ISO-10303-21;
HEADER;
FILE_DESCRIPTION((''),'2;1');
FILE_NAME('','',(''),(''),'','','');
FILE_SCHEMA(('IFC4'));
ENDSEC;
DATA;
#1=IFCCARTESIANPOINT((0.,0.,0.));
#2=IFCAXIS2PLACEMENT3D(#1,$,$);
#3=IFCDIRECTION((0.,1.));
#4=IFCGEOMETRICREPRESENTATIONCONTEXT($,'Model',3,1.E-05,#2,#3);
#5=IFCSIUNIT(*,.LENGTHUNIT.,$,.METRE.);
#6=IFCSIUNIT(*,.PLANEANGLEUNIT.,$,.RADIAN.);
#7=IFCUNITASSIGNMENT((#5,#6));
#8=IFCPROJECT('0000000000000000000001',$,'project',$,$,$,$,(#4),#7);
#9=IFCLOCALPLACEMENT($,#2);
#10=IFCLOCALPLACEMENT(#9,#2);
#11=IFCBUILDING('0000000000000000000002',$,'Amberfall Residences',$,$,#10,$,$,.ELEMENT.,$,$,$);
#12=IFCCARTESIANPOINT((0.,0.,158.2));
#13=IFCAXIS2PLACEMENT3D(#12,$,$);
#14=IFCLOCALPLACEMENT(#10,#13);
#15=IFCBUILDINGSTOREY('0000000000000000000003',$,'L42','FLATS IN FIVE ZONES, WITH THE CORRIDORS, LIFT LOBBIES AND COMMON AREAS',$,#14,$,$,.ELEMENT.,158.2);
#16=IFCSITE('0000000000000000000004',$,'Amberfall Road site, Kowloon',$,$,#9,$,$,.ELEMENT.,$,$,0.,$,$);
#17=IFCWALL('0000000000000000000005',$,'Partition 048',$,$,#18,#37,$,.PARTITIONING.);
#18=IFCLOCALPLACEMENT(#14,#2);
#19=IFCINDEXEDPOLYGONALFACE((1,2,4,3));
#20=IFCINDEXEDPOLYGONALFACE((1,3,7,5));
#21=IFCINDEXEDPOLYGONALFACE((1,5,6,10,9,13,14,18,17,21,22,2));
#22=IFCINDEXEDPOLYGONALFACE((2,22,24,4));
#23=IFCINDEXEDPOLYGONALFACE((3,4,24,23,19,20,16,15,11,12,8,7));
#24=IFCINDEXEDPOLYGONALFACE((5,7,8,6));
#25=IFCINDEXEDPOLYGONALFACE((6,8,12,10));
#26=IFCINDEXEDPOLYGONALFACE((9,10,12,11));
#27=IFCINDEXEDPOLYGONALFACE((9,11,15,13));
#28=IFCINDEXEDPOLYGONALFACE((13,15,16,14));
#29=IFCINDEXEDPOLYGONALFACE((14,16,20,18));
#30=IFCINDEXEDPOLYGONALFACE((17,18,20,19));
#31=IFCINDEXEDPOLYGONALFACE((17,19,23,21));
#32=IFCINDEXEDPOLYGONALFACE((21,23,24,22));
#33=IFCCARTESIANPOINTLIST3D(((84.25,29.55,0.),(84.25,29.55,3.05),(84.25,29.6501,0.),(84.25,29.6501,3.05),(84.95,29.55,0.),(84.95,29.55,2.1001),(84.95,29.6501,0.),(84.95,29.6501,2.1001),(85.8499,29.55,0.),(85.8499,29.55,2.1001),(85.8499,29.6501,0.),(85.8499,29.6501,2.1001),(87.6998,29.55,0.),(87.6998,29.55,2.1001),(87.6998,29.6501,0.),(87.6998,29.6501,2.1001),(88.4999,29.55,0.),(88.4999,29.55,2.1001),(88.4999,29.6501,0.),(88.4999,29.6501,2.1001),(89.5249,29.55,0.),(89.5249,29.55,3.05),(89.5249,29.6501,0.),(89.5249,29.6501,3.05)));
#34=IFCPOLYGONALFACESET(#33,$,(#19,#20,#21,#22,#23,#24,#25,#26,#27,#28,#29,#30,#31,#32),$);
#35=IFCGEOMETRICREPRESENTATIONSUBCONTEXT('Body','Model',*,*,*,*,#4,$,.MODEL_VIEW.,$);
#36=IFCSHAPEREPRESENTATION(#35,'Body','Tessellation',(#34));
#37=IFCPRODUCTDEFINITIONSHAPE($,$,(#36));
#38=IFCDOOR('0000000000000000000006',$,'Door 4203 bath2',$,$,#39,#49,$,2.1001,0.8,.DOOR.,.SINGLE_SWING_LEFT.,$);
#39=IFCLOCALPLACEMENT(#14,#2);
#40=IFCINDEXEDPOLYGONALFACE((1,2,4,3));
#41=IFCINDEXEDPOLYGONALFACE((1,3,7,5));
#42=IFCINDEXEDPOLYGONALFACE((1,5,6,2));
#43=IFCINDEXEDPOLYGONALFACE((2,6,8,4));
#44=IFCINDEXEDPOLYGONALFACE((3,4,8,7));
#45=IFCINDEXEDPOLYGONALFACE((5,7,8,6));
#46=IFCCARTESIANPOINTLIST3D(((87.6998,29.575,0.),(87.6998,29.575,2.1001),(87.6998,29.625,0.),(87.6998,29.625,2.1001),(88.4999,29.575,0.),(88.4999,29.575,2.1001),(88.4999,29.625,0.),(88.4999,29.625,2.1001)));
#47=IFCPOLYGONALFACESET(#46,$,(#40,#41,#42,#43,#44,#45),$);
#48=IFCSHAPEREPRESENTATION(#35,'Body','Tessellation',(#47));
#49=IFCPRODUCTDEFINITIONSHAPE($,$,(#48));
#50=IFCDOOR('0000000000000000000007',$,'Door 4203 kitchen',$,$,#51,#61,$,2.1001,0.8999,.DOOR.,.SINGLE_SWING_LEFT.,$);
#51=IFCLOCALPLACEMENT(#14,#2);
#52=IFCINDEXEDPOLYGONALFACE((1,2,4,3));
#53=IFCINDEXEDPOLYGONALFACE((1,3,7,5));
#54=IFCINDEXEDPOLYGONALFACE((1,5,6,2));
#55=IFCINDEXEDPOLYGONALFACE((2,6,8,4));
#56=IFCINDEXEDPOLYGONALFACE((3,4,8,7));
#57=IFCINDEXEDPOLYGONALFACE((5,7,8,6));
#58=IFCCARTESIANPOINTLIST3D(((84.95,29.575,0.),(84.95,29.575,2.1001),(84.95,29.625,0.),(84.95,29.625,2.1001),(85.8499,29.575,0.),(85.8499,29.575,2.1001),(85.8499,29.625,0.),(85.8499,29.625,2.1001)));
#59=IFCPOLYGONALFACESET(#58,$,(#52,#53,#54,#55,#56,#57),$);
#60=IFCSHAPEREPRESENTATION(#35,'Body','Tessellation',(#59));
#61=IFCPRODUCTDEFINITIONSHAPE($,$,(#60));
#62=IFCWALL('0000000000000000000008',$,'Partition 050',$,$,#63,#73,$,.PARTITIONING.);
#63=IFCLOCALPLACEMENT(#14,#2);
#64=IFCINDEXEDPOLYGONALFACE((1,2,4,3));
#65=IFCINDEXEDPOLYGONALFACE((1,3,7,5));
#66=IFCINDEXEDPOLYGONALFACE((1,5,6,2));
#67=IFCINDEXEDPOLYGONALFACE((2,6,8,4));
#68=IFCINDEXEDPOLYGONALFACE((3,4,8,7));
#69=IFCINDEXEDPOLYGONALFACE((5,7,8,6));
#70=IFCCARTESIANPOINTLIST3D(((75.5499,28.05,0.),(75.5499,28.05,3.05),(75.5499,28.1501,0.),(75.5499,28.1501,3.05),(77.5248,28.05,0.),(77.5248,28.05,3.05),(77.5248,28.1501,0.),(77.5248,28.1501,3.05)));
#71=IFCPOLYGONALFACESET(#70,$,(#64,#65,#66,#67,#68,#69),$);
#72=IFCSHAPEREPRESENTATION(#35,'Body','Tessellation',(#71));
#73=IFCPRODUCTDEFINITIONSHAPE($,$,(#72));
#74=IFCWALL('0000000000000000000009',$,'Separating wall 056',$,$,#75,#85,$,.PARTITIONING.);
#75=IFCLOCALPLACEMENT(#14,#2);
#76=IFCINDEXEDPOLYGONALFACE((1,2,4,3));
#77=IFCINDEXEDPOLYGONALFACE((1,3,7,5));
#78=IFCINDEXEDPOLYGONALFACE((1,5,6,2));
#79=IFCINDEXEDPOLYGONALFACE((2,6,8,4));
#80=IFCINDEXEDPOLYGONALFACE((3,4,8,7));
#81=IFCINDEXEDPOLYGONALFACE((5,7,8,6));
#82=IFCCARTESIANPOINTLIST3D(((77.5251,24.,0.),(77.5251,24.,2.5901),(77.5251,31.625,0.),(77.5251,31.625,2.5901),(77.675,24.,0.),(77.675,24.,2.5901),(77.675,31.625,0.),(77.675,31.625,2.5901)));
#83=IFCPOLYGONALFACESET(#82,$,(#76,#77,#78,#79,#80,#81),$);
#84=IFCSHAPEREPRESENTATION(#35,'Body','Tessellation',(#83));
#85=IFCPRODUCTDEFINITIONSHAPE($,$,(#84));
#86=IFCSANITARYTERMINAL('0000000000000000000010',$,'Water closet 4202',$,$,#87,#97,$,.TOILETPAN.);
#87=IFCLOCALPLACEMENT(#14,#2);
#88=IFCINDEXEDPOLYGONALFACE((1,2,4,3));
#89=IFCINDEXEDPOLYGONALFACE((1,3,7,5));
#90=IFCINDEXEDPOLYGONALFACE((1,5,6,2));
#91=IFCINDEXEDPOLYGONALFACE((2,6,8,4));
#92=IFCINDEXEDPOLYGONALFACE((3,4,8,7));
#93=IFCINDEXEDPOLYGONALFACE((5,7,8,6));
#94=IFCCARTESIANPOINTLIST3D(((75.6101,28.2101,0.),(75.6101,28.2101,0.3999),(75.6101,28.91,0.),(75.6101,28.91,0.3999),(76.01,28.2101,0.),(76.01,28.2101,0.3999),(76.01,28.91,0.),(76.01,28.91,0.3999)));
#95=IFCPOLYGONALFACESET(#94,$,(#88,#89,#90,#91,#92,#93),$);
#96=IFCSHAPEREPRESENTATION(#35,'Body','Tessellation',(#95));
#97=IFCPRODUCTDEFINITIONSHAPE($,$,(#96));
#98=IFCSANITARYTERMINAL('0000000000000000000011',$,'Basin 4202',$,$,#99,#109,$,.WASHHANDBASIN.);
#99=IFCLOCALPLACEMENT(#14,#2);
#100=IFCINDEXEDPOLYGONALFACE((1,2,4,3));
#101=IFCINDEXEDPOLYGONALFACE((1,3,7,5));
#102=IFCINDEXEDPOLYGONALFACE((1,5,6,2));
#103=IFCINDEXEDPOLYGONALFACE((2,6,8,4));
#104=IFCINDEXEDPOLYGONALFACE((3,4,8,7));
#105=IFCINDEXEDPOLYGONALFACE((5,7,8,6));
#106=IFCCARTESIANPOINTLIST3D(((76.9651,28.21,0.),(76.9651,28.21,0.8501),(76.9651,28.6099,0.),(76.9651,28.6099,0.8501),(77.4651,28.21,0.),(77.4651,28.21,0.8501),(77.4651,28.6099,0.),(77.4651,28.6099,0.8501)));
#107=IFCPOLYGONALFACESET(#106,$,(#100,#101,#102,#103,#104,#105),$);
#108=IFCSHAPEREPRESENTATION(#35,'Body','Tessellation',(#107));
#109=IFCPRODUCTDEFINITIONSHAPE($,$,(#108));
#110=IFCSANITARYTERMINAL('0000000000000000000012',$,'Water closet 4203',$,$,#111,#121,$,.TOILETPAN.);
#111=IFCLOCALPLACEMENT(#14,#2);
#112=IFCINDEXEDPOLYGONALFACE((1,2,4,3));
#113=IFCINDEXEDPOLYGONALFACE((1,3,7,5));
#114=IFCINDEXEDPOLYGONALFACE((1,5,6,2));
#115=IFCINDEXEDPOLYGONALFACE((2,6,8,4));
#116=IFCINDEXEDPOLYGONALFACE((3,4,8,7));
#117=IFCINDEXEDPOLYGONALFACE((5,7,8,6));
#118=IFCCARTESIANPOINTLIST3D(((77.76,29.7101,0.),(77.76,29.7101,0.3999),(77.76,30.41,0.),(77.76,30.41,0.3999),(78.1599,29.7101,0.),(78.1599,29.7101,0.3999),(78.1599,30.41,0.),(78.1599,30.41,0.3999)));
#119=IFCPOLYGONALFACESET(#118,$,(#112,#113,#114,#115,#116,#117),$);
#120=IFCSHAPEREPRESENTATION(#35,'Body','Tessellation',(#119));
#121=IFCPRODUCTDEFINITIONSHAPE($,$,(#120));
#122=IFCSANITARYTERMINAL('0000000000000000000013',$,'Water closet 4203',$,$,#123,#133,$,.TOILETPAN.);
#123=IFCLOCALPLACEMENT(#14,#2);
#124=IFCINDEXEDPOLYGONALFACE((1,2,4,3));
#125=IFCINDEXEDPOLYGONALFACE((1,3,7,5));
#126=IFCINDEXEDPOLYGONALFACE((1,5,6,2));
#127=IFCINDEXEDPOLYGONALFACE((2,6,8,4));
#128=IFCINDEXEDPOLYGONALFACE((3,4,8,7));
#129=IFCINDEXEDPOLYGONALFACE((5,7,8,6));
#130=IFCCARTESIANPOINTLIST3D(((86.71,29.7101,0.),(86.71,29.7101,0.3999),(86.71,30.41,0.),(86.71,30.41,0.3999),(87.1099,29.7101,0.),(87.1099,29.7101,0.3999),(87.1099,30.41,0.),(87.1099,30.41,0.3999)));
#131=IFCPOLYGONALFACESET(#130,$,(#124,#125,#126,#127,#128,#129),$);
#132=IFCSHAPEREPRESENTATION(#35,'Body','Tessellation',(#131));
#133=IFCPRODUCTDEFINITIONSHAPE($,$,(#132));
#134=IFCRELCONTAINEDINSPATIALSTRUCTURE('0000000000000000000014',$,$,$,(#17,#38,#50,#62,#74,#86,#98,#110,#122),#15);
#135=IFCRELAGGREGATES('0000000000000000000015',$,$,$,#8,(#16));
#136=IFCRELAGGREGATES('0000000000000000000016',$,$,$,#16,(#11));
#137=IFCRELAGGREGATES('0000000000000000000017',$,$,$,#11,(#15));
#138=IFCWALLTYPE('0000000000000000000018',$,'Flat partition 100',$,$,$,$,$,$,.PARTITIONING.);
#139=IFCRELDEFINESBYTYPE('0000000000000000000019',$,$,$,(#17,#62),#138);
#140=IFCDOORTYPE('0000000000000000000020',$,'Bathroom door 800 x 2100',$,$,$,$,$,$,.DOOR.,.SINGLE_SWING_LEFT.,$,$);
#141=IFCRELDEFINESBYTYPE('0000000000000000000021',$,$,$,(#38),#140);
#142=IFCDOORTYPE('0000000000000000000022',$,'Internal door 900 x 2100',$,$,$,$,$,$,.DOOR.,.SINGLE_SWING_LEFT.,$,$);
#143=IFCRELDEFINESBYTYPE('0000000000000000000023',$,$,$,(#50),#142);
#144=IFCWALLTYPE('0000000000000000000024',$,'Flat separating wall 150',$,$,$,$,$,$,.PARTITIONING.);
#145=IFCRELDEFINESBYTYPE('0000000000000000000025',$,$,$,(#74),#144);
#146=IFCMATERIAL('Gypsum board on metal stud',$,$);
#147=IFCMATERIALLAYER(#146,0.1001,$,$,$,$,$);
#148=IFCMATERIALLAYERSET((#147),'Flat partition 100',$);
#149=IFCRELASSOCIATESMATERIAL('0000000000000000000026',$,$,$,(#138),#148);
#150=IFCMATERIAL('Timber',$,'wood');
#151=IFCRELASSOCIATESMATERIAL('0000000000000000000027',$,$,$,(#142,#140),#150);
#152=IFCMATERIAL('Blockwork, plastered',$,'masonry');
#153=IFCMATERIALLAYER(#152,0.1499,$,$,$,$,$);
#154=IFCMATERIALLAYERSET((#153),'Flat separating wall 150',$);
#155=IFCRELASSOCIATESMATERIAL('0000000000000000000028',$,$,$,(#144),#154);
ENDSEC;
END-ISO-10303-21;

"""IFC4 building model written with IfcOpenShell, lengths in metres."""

from ifc_helpers import new_model, si_unit, direction, frame, frame_2d, origin, origin_2d, place, context, subcontext, project, spatial, rectangle, extrude, material, layer, layer_set, type_object, element, fill, save


model = new_model("IFC4")

# Units and contexts
model_context = context("Model", 3, precision=1e-05, world=origin(), true_north=direction((0.0, 1.0)))
body_context = subcontext(model_context, "Body", "Model", "MODEL_VIEW")
ifc_project = project(units=[si_unit("LENGTHUNIT", "METRE"), si_unit("PLANEANGLEUNIT", "RADIAN")], contexts=[model_context])

# Site, building, storey
site_placement = place(None, origin())
site = spatial("IfcSite", under=ifc_project, at=site_placement, Name="Amberfall Road site, Kowloon", CompositionType="ELEMENT", RefElevation=0.0)
building_placement = place(site_placement, origin())
building = spatial("IfcBuilding", under=site, at=building_placement, Name="Amberfall Residences", CompositionType="ELEMENT")
storey_placement = place(building_placement, frame((0.0, 0.0, 158.2)))
storey = spatial("IfcBuildingStorey", under=building, at=storey_placement, Name="L42", Description="FLATS IN FIVE ZONES, WITH THE CORRIDORS, LIFT LOBBIES AND COMMON AREAS", CompositionType="ELEMENT", Elevation=158.2)

# Shared definitions
ifc_material_1 = material(Name="Gypsum board on metal stud")
ifc_layer_1 = layer(ifc_material_1, 0.1001)
ifc_layer_set_1 = layer_set([ifc_layer_1], Name="Flat partition 100")
wall_type_1 = type_object("IfcWallType", Name="Flat partition 100", PredefinedType="PARTITIONING", material=ifc_layer_set_1)
ifc_material_2 = material(Name="Timber", Category="wood")
door_type_1 = type_object("IfcDoorType", Name="Internal door 900 x 2100", OperationType="SINGLE_SWING_LEFT", PredefinedType="DOOR", material=ifc_material_2)

# Shared definitions
door_type_2 = type_object("IfcDoorType", Name="Bathroom door 800 x 2100", OperationType="SINGLE_SWING_LEFT", PredefinedType="DOOR", material=ifc_material_2)

# Wall, openings, doors
wall_1_placement = place(storey_placement, frame((84.25, 29.6001, 0.0), z_axis=(0.0, 0.0, 1.0), x_axis=(1.0, 0.0, 0.0)))
wall_1 = element("IfcWall", 1, at=wall_1_placement, inside=storey, type_object=wall_type_1, Name="Partition 048", PredefinedType="PARTITIONING", context=body_context, shape_type="SweptSolid", body=[
    extrude(rectangle(XDim=5.2749, YDim=0.1001, at=frame_2d((2.6375, 0.0))), origin(), (0.0, 0.0, 1.0), 3.05),
])
opening_1_placement = place(wall_1_placement, frame((0.7, 0.0, 0.0)))
opening_1 = element("IfcOpeningElement", 2, at=opening_1_placement, cuts=wall_1, PredefinedType="OPENING", context=body_context, shape_type="SweptSolid", body=[
    extrude(rectangle(XDim=0.8999, YDim=2.1001, at=frame_2d((0.45, 1.05))), frame((0.0, 0.0601, 0.0), z_axis=(0.0, -1.0, 0.0), x_axis=(1.0, 0.0, 0.0)), (0.0, 0.0, 1.0), 0.1201),
])
opening_2_placement = place(wall_1_placement, frame((3.45, 0.0, 0.0)))
opening_2 = element("IfcOpeningElement", 3, at=opening_2_placement, cuts=wall_1, PredefinedType="OPENING", context=body_context, shape_type="SweptSolid", body=[
    extrude(rectangle(XDim=0.8, YDim=2.1001, at=frame_2d((0.3999, 1.05))), frame((0.0, 0.0601, 0.0), z_axis=(0.0, -1.0, 0.0), x_axis=(1.0, 0.0, 0.0)), (0.0, 0.0, 1.0), 0.1201),
])
door_1_placement = place(opening_2_placement, origin())
door_1 = element("IfcDoor", 4, at=door_1_placement, inside=storey, type_object=door_type_2, Name="Door 4203 bath2", OperationType="SINGLE_SWING_LEFT", OverallHeight=2.1001, OverallWidth=0.8, PredefinedType="DOOR", context=body_context, shape_type="SweptSolid", body=[
    extrude(rectangle(XDim=0.8, YDim=2.1001, at=frame_2d((0.3999, 1.05))), frame((0.0, 0.0249, 0.0), z_axis=(0.0, -1.0, 0.0), x_axis=(1.0, 0.0, 0.0)), (0.0, 0.0, 1.0), 0.05),
])
fill(opening_2, door_1)
door_2_placement = place(opening_1_placement, origin())
door_2 = element("IfcDoor", 5, at=door_2_placement, inside=storey, type_object=door_type_1, Name="Door 4203 kitchen", OperationType="SINGLE_SWING_LEFT", OverallHeight=2.1001, OverallWidth=0.8999, PredefinedType="DOOR", context=body_context, shape_type="SweptSolid", body=[
    extrude(rectangle(XDim=0.8999, YDim=2.1001, at=frame_2d((0.45, 1.05))), frame((0.0, 0.0249, 0.0), z_axis=(0.0, -1.0, 0.0), x_axis=(1.0, 0.0, 0.0)), (0.0, 0.0, 1.0), 0.05),
])
fill(opening_1, door_2)

# Walls
wall_2_placement = place(storey_placement, frame((75.55, 28.1001, 0.0), z_axis=(0.0, 0.0, 1.0), x_axis=(1.0, 0.0, 0.0)))
element("IfcWall", 6, at=wall_2_placement, inside=storey, type_object=wall_type_1, Name="Partition 050", PredefinedType="PARTITIONING", context=body_context, shape_type="SweptSolid", body=[
    extrude(rectangle(XDim=1.9749, YDim=0.1001, at=frame_2d((0.9873, 0.0))), origin(), (0.0, 0.0, 1.0), 3.05),
])
ifc_material_3 = material(Name="Blockwork, plastered", Category="masonry")
ifc_layer_2 = layer(ifc_material_3, 0.1499)
ifc_layer_set_2 = layer_set([ifc_layer_2], Name="Flat separating wall 150")
wall_type_2 = type_object("IfcWallType", Name="Flat separating wall 150", PredefinedType="PARTITIONING", material=ifc_layer_set_2)
wall_3_placement = place(storey_placement, frame((77.6001, 24.0, 0.0), z_axis=(0.0, 0.0, 1.0), x_axis=(0.0, 1.0, 0.0)))
element("IfcWall", 7, at=wall_3_placement, inside=storey, type_object=wall_type_2, Name="Separating wall 056", PredefinedType="PARTITIONING", context=body_context, shape_type="SweptSolid", body=[
    extrude(rectangle(XDim=7.625, YDim=0.1499, at=frame_2d((3.8125, 0.0))), origin(), (0.0, 0.0, 1.0), 2.5901),
])

# Sanitary terminals
sanitary_terminal_1_placement = place(storey_placement, frame((75.8101, 28.5601, 0.0), z_axis=(0.0, 0.0, 1.0), x_axis=(1.0, 0.0, 0.0)))
element("IfcSanitaryTerminal", 8, at=sanitary_terminal_1_placement, inside=storey, Name="Water closet 4202", PredefinedType="TOILETPAN", context=body_context, shape_type="SweptSolid", body=[
    extrude(rectangle(XDim=0.3999, YDim=0.7, at=origin_2d()), origin(), (0.0, 0.0, 1.0), 0.3999),
])
sanitary_terminal_2_placement = place(storey_placement, frame((77.2151, 28.4099, 0.0), z_axis=(0.0, 0.0, 1.0), x_axis=(1.0, 0.0, 0.0)))
element("IfcSanitaryTerminal", 9, at=sanitary_terminal_2_placement, inside=storey, Name="Basin 4202", PredefinedType="WASHHANDBASIN", context=body_context, shape_type="SweptSolid", body=[
    extrude(rectangle(XDim=0.5, YDim=0.3999, at=origin_2d()), origin(), (0.0, 0.0, 1.0), 0.8501),
])
for number, where, z_axis, x_axis, name in (
    (10, (77.96, 30.0601, 0.0), (0.0, 0.0, 1.0), (1.0, 0.0, 0.0), "Water closet 4203"),
    (11, (86.9099, 30.0601, 0.0), (0.0, 0.0, 1.0), (1.0, 0.0, 0.0), "Water closet 4203"),
):
    element("IfcSanitaryTerminal", number, at=place(storey_placement, frame(where, z_axis=z_axis, x_axis=x_axis)), inside=storey, Name=name, PredefinedType="TOILETPAN", context=body_context, shape_type="SweptSolid", body=[
        extrude(rectangle(XDim=0.3999, YDim=0.7, at=origin_2d()), origin(), (0.0, 0.0, 1.0), 0.3999),
    ])

save(model, "model.ifc")
